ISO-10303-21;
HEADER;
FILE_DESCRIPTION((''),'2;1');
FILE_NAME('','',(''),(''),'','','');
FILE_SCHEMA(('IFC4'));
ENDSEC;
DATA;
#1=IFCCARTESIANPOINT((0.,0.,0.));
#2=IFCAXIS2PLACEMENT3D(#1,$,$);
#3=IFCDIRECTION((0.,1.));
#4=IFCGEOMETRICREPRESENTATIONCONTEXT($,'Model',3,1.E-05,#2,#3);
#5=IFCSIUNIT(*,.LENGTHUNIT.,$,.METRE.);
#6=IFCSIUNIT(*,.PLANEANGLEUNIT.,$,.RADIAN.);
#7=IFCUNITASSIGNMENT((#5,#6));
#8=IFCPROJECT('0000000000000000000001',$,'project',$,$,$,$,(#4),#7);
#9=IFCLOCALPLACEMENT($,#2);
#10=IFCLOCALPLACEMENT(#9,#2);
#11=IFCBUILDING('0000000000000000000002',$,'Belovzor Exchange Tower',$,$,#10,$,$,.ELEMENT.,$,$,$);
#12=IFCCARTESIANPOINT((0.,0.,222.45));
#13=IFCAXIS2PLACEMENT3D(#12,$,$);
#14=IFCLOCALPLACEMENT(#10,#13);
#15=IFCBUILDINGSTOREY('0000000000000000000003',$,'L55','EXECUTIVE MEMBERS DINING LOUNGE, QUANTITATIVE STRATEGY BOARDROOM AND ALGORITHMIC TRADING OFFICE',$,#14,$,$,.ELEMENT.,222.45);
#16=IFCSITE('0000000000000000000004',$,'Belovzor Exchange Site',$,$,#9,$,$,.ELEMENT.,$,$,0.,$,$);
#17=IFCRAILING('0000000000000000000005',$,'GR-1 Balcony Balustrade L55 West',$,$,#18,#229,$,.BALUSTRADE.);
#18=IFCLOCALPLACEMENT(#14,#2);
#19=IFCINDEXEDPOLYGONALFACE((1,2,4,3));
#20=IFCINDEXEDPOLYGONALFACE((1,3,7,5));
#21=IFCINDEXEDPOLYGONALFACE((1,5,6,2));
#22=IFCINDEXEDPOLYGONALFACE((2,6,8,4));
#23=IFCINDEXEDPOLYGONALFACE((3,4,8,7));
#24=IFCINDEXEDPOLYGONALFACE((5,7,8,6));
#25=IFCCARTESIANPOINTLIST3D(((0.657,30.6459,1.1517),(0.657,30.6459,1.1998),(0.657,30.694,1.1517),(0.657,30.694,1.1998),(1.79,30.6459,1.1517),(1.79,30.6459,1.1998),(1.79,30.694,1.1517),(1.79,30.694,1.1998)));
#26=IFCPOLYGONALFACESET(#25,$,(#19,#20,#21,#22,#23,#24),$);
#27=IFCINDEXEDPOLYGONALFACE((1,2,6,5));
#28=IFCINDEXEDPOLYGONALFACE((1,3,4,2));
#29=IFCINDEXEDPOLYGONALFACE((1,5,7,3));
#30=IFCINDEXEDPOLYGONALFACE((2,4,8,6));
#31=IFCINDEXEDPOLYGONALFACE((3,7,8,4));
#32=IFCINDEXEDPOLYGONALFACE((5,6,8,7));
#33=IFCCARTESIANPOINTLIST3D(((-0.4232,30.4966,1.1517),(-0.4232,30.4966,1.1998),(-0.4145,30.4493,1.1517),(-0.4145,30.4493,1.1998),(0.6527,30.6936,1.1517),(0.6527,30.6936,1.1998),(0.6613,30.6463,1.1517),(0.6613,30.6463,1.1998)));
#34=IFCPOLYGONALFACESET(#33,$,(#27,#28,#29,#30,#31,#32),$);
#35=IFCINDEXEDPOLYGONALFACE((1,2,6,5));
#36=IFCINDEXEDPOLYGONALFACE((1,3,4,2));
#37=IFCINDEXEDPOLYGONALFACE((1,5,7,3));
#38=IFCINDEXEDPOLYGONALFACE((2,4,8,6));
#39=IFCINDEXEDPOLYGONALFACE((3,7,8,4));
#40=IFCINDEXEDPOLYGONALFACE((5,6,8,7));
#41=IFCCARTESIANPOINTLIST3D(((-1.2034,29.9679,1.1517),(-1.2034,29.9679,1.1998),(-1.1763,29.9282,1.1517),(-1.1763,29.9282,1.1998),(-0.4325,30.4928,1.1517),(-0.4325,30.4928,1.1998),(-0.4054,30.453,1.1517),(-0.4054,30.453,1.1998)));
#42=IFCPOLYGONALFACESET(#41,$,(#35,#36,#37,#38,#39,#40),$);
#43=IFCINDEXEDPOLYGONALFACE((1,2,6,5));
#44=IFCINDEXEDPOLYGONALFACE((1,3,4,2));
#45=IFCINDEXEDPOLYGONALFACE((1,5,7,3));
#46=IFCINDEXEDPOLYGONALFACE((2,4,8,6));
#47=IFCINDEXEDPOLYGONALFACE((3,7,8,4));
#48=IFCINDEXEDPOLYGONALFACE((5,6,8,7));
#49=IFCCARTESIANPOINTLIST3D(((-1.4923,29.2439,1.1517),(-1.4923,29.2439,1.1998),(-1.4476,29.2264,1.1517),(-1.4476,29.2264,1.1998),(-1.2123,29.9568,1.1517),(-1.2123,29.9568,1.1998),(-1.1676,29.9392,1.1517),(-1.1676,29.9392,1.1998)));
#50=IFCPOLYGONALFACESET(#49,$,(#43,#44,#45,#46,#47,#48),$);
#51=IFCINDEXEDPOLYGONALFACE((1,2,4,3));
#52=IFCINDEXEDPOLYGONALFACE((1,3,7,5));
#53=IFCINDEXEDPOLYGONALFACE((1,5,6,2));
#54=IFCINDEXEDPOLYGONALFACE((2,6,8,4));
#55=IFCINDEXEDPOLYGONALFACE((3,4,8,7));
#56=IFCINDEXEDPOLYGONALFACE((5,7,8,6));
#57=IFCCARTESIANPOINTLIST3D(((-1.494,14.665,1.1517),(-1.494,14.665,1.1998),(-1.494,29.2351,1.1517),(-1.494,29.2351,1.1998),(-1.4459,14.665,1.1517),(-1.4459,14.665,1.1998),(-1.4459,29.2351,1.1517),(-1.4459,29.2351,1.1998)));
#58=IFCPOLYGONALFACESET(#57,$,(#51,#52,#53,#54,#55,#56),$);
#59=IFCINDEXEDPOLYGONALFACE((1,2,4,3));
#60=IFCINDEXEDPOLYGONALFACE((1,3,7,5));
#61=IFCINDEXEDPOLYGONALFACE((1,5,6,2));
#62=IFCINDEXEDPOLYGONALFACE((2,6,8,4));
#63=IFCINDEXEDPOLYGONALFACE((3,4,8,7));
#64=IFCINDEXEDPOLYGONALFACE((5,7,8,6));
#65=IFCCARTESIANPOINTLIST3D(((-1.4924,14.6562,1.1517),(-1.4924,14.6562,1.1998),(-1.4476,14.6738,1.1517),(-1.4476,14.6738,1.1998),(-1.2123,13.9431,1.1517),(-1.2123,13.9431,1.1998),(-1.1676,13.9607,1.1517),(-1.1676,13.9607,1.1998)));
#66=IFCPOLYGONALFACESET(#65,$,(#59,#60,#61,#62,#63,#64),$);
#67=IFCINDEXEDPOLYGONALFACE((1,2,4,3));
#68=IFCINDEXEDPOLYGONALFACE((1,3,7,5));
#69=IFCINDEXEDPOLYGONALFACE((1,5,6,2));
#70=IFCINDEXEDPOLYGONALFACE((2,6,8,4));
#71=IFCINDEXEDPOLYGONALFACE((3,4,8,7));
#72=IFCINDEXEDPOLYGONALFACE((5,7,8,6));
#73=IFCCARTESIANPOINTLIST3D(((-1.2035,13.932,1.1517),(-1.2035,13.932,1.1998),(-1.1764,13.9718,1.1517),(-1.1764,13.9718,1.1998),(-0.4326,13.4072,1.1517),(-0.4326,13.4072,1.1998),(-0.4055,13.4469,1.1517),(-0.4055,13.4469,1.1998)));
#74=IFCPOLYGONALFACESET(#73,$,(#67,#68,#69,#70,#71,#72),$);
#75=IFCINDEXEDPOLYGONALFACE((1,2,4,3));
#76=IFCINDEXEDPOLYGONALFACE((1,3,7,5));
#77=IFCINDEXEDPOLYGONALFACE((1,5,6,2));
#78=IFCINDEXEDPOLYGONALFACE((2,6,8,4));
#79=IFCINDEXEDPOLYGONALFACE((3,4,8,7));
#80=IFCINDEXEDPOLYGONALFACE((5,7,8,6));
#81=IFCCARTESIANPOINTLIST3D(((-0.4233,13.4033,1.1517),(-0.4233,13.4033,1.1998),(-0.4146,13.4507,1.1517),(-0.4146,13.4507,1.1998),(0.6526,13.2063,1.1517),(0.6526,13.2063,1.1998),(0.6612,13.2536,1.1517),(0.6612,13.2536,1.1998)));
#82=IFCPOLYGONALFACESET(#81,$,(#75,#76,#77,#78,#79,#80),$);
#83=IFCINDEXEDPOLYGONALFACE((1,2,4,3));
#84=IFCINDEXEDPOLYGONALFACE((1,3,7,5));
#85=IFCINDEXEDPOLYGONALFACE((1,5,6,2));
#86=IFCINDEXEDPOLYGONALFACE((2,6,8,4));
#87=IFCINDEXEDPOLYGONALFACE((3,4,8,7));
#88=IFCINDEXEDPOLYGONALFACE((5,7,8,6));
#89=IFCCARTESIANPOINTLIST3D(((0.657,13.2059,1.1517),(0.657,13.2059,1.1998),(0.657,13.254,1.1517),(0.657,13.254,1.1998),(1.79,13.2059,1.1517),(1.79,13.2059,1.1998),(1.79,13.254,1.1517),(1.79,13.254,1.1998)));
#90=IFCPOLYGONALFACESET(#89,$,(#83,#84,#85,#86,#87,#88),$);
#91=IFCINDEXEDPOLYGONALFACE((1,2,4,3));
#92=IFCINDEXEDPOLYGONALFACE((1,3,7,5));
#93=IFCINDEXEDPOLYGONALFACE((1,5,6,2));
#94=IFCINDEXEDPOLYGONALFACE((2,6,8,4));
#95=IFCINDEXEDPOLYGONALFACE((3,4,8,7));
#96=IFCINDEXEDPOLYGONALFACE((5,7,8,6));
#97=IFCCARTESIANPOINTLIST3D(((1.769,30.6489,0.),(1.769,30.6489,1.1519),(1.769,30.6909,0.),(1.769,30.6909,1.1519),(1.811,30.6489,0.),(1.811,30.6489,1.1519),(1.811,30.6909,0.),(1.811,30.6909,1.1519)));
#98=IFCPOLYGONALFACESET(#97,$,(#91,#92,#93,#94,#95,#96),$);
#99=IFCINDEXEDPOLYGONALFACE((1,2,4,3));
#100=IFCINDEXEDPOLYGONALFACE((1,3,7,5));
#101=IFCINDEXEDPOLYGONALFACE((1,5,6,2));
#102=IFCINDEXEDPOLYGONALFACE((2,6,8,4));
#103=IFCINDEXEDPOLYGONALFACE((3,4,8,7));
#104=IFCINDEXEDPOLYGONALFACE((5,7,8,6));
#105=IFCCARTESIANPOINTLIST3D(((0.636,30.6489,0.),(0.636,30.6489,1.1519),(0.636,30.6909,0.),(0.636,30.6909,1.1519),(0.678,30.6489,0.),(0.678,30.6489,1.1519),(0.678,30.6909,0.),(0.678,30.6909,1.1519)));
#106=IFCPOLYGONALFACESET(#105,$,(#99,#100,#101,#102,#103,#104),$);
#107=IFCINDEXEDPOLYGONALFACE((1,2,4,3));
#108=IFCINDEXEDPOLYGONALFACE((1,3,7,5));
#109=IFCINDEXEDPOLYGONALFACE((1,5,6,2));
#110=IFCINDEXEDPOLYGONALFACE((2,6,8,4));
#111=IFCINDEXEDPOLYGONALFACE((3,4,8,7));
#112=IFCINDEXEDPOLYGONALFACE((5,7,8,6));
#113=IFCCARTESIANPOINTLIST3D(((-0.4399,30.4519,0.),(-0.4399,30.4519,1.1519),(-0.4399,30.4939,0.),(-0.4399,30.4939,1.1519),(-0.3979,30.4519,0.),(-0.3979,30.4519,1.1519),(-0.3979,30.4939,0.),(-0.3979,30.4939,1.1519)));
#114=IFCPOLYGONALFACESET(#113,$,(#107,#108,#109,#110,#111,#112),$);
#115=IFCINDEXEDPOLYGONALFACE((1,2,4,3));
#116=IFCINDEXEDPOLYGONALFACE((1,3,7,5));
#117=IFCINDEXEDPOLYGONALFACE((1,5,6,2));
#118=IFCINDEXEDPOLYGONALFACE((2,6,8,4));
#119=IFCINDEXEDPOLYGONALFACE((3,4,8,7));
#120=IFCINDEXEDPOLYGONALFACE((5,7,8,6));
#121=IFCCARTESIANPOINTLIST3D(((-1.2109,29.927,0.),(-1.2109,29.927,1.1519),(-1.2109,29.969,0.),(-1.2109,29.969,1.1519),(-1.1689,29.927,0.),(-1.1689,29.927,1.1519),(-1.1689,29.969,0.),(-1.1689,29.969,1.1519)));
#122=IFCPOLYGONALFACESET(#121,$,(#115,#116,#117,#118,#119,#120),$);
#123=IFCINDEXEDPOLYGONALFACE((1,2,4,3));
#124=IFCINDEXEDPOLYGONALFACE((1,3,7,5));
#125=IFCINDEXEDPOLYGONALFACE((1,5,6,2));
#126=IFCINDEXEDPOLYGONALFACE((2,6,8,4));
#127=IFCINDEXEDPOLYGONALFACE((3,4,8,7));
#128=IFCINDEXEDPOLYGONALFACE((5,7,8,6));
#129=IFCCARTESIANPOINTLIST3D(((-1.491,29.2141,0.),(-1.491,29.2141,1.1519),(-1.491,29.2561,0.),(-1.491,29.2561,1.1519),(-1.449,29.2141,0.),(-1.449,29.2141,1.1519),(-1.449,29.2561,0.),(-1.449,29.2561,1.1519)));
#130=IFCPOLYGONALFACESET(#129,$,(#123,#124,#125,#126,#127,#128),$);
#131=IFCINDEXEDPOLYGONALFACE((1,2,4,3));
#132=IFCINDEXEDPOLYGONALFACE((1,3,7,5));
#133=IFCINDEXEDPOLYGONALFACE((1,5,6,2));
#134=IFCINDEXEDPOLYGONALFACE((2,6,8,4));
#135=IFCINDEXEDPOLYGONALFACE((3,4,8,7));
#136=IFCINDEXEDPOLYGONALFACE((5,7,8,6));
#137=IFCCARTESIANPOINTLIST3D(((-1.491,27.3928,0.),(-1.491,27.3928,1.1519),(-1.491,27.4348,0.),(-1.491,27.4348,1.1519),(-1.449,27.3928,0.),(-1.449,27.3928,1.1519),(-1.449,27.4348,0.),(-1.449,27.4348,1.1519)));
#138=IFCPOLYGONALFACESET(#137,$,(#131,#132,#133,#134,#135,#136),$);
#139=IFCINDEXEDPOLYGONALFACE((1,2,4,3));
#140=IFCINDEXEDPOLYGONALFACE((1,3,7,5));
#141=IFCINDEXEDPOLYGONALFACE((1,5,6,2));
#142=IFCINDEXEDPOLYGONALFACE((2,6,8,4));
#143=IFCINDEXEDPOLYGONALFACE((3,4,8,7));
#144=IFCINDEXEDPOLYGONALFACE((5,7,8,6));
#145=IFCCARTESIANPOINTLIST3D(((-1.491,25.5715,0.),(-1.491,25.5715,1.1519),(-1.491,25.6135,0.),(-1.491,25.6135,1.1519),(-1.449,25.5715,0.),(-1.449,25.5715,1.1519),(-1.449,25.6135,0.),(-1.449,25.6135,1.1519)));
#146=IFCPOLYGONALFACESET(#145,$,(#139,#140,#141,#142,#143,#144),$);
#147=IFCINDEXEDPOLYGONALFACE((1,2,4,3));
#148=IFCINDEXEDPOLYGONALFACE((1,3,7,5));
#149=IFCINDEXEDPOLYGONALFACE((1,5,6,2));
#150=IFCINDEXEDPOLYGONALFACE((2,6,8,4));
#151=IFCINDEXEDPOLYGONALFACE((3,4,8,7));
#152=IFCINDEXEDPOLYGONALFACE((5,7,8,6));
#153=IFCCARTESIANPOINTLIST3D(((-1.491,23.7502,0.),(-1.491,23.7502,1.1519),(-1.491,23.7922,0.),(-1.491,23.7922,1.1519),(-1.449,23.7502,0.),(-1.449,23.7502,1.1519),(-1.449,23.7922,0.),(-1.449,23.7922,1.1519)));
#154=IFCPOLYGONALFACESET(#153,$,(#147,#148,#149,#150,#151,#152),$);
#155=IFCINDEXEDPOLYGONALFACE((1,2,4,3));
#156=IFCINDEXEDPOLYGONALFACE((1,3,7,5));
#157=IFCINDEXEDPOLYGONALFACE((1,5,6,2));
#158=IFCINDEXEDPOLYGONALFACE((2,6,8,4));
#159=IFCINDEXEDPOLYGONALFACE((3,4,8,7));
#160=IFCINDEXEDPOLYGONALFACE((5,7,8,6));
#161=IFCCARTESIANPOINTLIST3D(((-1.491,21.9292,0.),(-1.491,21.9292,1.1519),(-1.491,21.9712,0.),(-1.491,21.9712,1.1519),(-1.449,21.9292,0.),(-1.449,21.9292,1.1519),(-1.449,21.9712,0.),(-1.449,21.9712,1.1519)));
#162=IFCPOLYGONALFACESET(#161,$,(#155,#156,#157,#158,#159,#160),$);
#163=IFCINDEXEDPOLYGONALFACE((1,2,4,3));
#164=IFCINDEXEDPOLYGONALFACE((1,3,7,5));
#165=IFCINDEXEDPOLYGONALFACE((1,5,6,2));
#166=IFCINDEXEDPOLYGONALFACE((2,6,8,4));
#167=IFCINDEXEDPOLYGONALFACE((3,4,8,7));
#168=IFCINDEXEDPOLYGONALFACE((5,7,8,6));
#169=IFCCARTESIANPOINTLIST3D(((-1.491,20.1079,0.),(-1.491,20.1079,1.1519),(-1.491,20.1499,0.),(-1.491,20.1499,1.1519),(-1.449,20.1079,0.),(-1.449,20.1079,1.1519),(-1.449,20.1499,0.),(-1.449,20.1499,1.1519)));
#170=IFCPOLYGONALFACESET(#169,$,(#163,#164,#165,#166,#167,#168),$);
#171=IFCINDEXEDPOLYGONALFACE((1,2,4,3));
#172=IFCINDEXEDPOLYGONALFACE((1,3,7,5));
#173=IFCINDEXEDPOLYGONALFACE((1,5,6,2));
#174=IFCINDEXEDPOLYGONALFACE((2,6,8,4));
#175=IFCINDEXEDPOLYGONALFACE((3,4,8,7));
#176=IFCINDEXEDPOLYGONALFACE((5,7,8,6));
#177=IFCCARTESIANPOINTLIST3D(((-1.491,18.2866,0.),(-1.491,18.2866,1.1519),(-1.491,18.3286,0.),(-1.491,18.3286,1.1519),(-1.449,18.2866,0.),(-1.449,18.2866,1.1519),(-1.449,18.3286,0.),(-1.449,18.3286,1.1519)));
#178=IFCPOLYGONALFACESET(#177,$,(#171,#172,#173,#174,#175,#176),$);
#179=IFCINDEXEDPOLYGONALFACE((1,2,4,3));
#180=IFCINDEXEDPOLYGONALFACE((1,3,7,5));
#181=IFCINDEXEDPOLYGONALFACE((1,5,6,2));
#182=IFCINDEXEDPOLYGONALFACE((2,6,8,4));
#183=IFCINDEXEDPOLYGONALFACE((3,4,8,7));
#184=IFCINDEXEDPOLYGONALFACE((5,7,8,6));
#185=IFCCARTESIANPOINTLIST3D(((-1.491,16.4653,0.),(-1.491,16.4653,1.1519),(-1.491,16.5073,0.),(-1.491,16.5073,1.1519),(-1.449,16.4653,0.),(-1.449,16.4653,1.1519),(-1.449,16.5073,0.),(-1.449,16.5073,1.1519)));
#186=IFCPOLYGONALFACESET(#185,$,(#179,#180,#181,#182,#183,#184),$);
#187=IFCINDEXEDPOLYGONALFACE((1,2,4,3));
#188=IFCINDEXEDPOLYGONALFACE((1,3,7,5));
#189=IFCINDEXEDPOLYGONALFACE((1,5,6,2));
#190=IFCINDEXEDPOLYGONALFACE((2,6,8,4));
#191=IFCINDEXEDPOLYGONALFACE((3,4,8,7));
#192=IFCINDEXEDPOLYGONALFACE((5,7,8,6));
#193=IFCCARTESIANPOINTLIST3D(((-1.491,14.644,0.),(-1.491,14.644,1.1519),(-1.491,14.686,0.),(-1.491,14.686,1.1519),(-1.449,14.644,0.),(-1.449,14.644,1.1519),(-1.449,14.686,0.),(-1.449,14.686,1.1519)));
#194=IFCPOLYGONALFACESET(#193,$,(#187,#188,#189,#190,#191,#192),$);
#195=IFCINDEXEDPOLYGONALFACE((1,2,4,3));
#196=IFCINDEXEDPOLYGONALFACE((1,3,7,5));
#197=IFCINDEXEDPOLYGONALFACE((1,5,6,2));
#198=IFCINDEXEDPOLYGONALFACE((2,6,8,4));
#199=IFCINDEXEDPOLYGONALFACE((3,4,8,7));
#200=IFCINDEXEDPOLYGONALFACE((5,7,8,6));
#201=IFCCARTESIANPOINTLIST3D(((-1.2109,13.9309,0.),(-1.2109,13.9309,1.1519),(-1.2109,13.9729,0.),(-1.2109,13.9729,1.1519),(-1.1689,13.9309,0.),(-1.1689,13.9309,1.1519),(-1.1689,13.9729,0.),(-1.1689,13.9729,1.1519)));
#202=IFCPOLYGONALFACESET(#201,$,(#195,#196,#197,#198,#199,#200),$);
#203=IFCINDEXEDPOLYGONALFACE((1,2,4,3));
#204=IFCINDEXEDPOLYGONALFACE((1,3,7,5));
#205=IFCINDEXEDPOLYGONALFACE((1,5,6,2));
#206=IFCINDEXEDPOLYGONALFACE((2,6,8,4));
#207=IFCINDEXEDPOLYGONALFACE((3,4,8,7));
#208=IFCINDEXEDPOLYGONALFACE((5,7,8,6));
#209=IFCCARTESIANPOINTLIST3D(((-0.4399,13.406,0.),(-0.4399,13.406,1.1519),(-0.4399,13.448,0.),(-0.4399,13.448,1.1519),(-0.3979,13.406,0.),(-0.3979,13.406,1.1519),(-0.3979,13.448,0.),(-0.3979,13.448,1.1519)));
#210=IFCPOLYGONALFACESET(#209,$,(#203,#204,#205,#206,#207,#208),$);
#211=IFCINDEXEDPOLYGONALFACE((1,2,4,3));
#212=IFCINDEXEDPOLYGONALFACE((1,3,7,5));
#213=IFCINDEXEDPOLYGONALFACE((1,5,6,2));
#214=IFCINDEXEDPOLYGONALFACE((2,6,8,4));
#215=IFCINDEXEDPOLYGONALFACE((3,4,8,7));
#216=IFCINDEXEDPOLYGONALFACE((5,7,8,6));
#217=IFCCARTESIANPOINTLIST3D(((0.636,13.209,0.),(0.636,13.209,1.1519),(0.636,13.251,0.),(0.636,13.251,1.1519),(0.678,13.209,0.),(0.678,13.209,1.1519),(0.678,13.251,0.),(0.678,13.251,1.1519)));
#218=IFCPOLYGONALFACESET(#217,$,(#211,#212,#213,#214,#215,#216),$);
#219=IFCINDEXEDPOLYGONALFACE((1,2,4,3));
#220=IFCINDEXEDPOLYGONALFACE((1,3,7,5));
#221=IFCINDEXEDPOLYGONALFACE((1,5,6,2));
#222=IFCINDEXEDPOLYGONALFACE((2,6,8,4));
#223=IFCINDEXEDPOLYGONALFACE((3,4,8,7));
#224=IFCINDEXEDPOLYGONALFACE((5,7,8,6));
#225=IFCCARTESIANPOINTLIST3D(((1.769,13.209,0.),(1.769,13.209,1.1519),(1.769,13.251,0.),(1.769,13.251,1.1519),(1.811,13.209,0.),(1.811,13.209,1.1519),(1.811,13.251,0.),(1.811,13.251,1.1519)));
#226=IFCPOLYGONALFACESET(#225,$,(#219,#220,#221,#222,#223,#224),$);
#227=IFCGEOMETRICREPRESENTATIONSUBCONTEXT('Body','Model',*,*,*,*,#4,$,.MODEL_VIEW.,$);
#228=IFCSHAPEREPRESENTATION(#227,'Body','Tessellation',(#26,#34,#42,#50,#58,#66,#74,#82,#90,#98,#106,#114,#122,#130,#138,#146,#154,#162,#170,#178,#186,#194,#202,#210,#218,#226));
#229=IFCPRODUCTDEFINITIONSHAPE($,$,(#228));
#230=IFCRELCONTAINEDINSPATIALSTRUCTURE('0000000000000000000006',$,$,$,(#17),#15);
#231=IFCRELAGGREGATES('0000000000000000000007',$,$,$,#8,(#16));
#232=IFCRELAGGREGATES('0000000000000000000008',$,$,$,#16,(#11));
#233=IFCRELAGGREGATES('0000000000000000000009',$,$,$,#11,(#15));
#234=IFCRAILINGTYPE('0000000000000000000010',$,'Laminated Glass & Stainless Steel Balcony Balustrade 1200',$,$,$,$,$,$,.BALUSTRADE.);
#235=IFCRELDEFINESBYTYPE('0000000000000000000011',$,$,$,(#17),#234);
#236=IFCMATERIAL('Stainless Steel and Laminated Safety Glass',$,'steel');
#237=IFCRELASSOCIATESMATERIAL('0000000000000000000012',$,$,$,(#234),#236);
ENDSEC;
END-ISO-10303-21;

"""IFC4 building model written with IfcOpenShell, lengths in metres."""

from ifc_helpers import new_model, si_unit, direction, frame, origin, origin_2d, place, context, subcontext, project, spatial, rectangle, extrude, material, type_object, element, save


model = new_model("IFC4")

# Units and contexts
model_context = context("Model", 3, precision=1e-05, world=origin(), true_north=direction((0.0, 1.0)))
body_context = subcontext(model_context, "Body", "Model", "MODEL_VIEW")
ifc_project = project(units=[si_unit("LENGTHUNIT", "METRE"), si_unit("PLANEANGLEUNIT", "RADIAN")], contexts=[model_context])

# Site, building, storey
site_placement = place(None, origin())
site = spatial("IfcSite", under=ifc_project, at=site_placement, Name="Belovzor Exchange Site", CompositionType="ELEMENT", RefElevation=0.0)
building_placement = place(site_placement, origin())
building = spatial("IfcBuilding", under=site, at=building_placement, Name="Belovzor Exchange Tower", CompositionType="ELEMENT")
storey_placement = place(building_placement, frame((0.0, 0.0, 222.45)))
storey = spatial("IfcBuildingStorey", under=building, at=storey_placement, Name="L55", Description="EXECUTIVE MEMBERS DINING LOUNGE, QUANTITATIVE STRATEGY BOARDROOM AND ALGORITHMIC TRADING OFFICE", CompositionType="ELEMENT", Elevation=222.45)

# Railing
ifc_material_1 = material(Name="Stainless Steel and Laminated Safety Glass", Category="steel")
railing_type_1 = type_object("IfcRailingType", Name="Laminated Glass & Stainless Steel Balcony Balustrade 1200", PredefinedType="BALUSTRADE", material=ifc_material_1)
railing_1_placement = place(storey_placement, frame((1.79, 30.6699, 0.0)))
element("IfcRailing", 1, at=railing_1_placement, inside=storey, type_object=railing_type_1, Name="GR-1 Balcony Balustrade L55 West", PredefinedType="BALUSTRADE", context=body_context, shape_type="SweptSolid", body=[
    extrude(rectangle(XDim=0.0481, YDim=0.0481, at=origin_2d()), frame((0.0, 0.0, 1.1758), z_axis=(-1.0, 0.0, 0.0), x_axis=(0.0, -1.0, 0.0)), (0.0, 0.0, 1.0), 1.1331),
    extrude(rectangle(XDim=0.0481, YDim=0.0481, at=origin_2d()), frame((-1.1331, 0.0, 1.1758), z_axis=(-0.983644, -0.180123, 0.0), x_axis=(0.180123, -0.983644, 0.0)), (0.0, 0.0, 1.0), 1.0938),
    extrude(rectangle(XDim=0.0481, YDim=0.0481, at=origin_2d()), frame((-2.209, -0.197, 1.1758), z_axis=(-0.826615, -0.562768, 0.0), x_axis=(0.562768, -0.826615, 0.0)), (0.0, 0.0, 1.0), 0.9326),
    extrude(rectangle(XDim=0.0481, YDim=0.0481, at=origin_2d()), frame((-2.98, -0.7219, 1.1758), z_axis=(-0.365613, -0.930767, 0.0), x_axis=(0.930767, -0.365613, 0.0)), (0.0, 0.0, 1.0), 0.7659),
    extrude(rectangle(XDim=0.0481, YDim=0.0481, at=origin_2d()), frame((-3.26, -1.4348, 1.1758), z_axis=(0.0, -1.0, 0.0), x_axis=(1.0, 0.0, 0.0)), (0.0, 0.0, 1.0), 14.5701),
    extrude(rectangle(XDim=0.0481, YDim=0.0481, at=origin_2d()), frame((-3.26, -16.0049, 1.1758), z_axis=(0.365504, -0.93081, 0.0), x_axis=(0.93081, 0.365504, 0.0)), (0.0, 0.0, 1.0), 0.7661),
    extrude(rectangle(XDim=0.0481, YDim=0.0481, at=origin_2d()), frame((-2.98, -16.718, 1.1758), z_axis=(0.826615, -0.562768, 0.0), x_axis=(0.562768, 0.826615, 0.0)), (0.0, 0.0, 1.0), 0.9326),
    extrude(rectangle(XDim=0.0481, YDim=0.0481, at=origin_2d()), frame((-2.209, -17.2429, 1.1758), z_axis=(0.983644, -0.180123, 0.0), x_axis=(0.180123, 0.983644, 0.0)), (0.0, 0.0, 1.0), 1.0938),
    extrude(rectangle(XDim=0.0481, YDim=0.0481, at=origin_2d()), frame((-1.1331, -17.4399, 1.1758), z_axis=(1.0, 0.0, 0.0), x_axis=(0.0, 1.0, 0.0)), (0.0, 0.0, 1.0), 1.1331),
    extrude(rectangle(XDim=0.042, YDim=0.042, at=origin_2d()), origin(), (0.0, 0.0, 1.0), 1.1519),
    extrude(rectangle(XDim=0.042, YDim=0.042, at=origin_2d()), frame((-1.1331, 0.0, 0.0)), (0.0, 0.0, 1.0), 1.1519),
    extrude(rectangle(XDim=0.042, YDim=0.042, at=origin_2d()), frame((-2.209, -0.197, 0.0)), (0.0, 0.0, 1.0), 1.1519),
    extrude(rectangle(XDim=0.042, YDim=0.042, at=origin_2d()), frame((-2.98, -0.7219, 0.0)), (0.0, 0.0, 1.0), 1.1519),
    extrude(rectangle(XDim=0.042, YDim=0.042, at=origin_2d()), frame((-3.26, -1.4348, 0.0)), (0.0, 0.0, 1.0), 1.1519),
    extrude(rectangle(XDim=0.042, YDim=0.042, at=origin_2d()), frame((-3.26, -3.2561, 0.0)), (0.0, 0.0, 1.0), 1.1519),
    extrude(rectangle(XDim=0.042, YDim=0.042, at=origin_2d()), frame((-3.26, -5.0774, 0.0)), (0.0, 0.0, 1.0), 1.1519),
    extrude(rectangle(XDim=0.042, YDim=0.042, at=origin_2d()), frame((-3.26, -6.8987, 0.0)), (0.0, 0.0, 1.0), 1.1519),
    extrude(rectangle(XDim=0.042, YDim=0.042, at=origin_2d()), frame((-3.26, -8.7197, 0.0)), (0.0, 0.0, 1.0), 1.1519),
    extrude(rectangle(XDim=0.042, YDim=0.042, at=origin_2d()), frame((-3.26, -10.541, 0.0)), (0.0, 0.0, 1.0), 1.1519),
    extrude(rectangle(XDim=0.042, YDim=0.042, at=origin_2d()), frame((-3.26, -12.3623, 0.0)), (0.0, 0.0, 1.0), 1.1519),
    extrude(rectangle(XDim=0.042, YDim=0.042, at=origin_2d()), frame((-3.26, -14.1836, 0.0)), (0.0, 0.0, 1.0), 1.1519),
    extrude(rectangle(XDim=0.042, YDim=0.042, at=origin_2d()), frame((-3.26, -16.0049, 0.0)), (0.0, 0.0, 1.0), 1.1519),
    extrude(rectangle(XDim=0.042, YDim=0.042, at=origin_2d()), frame((-2.98, -16.718, 0.0)), (0.0, 0.0, 1.0), 1.1519),
    extrude(rectangle(XDim=0.042, YDim=0.042, at=origin_2d()), frame((-2.209, -17.2429, 0.0)), (0.0, 0.0, 1.0), 1.1519),
    extrude(rectangle(XDim=0.042, YDim=0.042, at=origin_2d()), frame((-1.1331, -17.4399, 0.0)), (0.0, 0.0, 1.0), 1.1519),
    extrude(rectangle(XDim=0.042, YDim=0.042, at=origin_2d()), frame((0.0, -17.4399, 0.0)), (0.0, 0.0, 1.0), 1.1519),
])

save(model, "model.ifc")
